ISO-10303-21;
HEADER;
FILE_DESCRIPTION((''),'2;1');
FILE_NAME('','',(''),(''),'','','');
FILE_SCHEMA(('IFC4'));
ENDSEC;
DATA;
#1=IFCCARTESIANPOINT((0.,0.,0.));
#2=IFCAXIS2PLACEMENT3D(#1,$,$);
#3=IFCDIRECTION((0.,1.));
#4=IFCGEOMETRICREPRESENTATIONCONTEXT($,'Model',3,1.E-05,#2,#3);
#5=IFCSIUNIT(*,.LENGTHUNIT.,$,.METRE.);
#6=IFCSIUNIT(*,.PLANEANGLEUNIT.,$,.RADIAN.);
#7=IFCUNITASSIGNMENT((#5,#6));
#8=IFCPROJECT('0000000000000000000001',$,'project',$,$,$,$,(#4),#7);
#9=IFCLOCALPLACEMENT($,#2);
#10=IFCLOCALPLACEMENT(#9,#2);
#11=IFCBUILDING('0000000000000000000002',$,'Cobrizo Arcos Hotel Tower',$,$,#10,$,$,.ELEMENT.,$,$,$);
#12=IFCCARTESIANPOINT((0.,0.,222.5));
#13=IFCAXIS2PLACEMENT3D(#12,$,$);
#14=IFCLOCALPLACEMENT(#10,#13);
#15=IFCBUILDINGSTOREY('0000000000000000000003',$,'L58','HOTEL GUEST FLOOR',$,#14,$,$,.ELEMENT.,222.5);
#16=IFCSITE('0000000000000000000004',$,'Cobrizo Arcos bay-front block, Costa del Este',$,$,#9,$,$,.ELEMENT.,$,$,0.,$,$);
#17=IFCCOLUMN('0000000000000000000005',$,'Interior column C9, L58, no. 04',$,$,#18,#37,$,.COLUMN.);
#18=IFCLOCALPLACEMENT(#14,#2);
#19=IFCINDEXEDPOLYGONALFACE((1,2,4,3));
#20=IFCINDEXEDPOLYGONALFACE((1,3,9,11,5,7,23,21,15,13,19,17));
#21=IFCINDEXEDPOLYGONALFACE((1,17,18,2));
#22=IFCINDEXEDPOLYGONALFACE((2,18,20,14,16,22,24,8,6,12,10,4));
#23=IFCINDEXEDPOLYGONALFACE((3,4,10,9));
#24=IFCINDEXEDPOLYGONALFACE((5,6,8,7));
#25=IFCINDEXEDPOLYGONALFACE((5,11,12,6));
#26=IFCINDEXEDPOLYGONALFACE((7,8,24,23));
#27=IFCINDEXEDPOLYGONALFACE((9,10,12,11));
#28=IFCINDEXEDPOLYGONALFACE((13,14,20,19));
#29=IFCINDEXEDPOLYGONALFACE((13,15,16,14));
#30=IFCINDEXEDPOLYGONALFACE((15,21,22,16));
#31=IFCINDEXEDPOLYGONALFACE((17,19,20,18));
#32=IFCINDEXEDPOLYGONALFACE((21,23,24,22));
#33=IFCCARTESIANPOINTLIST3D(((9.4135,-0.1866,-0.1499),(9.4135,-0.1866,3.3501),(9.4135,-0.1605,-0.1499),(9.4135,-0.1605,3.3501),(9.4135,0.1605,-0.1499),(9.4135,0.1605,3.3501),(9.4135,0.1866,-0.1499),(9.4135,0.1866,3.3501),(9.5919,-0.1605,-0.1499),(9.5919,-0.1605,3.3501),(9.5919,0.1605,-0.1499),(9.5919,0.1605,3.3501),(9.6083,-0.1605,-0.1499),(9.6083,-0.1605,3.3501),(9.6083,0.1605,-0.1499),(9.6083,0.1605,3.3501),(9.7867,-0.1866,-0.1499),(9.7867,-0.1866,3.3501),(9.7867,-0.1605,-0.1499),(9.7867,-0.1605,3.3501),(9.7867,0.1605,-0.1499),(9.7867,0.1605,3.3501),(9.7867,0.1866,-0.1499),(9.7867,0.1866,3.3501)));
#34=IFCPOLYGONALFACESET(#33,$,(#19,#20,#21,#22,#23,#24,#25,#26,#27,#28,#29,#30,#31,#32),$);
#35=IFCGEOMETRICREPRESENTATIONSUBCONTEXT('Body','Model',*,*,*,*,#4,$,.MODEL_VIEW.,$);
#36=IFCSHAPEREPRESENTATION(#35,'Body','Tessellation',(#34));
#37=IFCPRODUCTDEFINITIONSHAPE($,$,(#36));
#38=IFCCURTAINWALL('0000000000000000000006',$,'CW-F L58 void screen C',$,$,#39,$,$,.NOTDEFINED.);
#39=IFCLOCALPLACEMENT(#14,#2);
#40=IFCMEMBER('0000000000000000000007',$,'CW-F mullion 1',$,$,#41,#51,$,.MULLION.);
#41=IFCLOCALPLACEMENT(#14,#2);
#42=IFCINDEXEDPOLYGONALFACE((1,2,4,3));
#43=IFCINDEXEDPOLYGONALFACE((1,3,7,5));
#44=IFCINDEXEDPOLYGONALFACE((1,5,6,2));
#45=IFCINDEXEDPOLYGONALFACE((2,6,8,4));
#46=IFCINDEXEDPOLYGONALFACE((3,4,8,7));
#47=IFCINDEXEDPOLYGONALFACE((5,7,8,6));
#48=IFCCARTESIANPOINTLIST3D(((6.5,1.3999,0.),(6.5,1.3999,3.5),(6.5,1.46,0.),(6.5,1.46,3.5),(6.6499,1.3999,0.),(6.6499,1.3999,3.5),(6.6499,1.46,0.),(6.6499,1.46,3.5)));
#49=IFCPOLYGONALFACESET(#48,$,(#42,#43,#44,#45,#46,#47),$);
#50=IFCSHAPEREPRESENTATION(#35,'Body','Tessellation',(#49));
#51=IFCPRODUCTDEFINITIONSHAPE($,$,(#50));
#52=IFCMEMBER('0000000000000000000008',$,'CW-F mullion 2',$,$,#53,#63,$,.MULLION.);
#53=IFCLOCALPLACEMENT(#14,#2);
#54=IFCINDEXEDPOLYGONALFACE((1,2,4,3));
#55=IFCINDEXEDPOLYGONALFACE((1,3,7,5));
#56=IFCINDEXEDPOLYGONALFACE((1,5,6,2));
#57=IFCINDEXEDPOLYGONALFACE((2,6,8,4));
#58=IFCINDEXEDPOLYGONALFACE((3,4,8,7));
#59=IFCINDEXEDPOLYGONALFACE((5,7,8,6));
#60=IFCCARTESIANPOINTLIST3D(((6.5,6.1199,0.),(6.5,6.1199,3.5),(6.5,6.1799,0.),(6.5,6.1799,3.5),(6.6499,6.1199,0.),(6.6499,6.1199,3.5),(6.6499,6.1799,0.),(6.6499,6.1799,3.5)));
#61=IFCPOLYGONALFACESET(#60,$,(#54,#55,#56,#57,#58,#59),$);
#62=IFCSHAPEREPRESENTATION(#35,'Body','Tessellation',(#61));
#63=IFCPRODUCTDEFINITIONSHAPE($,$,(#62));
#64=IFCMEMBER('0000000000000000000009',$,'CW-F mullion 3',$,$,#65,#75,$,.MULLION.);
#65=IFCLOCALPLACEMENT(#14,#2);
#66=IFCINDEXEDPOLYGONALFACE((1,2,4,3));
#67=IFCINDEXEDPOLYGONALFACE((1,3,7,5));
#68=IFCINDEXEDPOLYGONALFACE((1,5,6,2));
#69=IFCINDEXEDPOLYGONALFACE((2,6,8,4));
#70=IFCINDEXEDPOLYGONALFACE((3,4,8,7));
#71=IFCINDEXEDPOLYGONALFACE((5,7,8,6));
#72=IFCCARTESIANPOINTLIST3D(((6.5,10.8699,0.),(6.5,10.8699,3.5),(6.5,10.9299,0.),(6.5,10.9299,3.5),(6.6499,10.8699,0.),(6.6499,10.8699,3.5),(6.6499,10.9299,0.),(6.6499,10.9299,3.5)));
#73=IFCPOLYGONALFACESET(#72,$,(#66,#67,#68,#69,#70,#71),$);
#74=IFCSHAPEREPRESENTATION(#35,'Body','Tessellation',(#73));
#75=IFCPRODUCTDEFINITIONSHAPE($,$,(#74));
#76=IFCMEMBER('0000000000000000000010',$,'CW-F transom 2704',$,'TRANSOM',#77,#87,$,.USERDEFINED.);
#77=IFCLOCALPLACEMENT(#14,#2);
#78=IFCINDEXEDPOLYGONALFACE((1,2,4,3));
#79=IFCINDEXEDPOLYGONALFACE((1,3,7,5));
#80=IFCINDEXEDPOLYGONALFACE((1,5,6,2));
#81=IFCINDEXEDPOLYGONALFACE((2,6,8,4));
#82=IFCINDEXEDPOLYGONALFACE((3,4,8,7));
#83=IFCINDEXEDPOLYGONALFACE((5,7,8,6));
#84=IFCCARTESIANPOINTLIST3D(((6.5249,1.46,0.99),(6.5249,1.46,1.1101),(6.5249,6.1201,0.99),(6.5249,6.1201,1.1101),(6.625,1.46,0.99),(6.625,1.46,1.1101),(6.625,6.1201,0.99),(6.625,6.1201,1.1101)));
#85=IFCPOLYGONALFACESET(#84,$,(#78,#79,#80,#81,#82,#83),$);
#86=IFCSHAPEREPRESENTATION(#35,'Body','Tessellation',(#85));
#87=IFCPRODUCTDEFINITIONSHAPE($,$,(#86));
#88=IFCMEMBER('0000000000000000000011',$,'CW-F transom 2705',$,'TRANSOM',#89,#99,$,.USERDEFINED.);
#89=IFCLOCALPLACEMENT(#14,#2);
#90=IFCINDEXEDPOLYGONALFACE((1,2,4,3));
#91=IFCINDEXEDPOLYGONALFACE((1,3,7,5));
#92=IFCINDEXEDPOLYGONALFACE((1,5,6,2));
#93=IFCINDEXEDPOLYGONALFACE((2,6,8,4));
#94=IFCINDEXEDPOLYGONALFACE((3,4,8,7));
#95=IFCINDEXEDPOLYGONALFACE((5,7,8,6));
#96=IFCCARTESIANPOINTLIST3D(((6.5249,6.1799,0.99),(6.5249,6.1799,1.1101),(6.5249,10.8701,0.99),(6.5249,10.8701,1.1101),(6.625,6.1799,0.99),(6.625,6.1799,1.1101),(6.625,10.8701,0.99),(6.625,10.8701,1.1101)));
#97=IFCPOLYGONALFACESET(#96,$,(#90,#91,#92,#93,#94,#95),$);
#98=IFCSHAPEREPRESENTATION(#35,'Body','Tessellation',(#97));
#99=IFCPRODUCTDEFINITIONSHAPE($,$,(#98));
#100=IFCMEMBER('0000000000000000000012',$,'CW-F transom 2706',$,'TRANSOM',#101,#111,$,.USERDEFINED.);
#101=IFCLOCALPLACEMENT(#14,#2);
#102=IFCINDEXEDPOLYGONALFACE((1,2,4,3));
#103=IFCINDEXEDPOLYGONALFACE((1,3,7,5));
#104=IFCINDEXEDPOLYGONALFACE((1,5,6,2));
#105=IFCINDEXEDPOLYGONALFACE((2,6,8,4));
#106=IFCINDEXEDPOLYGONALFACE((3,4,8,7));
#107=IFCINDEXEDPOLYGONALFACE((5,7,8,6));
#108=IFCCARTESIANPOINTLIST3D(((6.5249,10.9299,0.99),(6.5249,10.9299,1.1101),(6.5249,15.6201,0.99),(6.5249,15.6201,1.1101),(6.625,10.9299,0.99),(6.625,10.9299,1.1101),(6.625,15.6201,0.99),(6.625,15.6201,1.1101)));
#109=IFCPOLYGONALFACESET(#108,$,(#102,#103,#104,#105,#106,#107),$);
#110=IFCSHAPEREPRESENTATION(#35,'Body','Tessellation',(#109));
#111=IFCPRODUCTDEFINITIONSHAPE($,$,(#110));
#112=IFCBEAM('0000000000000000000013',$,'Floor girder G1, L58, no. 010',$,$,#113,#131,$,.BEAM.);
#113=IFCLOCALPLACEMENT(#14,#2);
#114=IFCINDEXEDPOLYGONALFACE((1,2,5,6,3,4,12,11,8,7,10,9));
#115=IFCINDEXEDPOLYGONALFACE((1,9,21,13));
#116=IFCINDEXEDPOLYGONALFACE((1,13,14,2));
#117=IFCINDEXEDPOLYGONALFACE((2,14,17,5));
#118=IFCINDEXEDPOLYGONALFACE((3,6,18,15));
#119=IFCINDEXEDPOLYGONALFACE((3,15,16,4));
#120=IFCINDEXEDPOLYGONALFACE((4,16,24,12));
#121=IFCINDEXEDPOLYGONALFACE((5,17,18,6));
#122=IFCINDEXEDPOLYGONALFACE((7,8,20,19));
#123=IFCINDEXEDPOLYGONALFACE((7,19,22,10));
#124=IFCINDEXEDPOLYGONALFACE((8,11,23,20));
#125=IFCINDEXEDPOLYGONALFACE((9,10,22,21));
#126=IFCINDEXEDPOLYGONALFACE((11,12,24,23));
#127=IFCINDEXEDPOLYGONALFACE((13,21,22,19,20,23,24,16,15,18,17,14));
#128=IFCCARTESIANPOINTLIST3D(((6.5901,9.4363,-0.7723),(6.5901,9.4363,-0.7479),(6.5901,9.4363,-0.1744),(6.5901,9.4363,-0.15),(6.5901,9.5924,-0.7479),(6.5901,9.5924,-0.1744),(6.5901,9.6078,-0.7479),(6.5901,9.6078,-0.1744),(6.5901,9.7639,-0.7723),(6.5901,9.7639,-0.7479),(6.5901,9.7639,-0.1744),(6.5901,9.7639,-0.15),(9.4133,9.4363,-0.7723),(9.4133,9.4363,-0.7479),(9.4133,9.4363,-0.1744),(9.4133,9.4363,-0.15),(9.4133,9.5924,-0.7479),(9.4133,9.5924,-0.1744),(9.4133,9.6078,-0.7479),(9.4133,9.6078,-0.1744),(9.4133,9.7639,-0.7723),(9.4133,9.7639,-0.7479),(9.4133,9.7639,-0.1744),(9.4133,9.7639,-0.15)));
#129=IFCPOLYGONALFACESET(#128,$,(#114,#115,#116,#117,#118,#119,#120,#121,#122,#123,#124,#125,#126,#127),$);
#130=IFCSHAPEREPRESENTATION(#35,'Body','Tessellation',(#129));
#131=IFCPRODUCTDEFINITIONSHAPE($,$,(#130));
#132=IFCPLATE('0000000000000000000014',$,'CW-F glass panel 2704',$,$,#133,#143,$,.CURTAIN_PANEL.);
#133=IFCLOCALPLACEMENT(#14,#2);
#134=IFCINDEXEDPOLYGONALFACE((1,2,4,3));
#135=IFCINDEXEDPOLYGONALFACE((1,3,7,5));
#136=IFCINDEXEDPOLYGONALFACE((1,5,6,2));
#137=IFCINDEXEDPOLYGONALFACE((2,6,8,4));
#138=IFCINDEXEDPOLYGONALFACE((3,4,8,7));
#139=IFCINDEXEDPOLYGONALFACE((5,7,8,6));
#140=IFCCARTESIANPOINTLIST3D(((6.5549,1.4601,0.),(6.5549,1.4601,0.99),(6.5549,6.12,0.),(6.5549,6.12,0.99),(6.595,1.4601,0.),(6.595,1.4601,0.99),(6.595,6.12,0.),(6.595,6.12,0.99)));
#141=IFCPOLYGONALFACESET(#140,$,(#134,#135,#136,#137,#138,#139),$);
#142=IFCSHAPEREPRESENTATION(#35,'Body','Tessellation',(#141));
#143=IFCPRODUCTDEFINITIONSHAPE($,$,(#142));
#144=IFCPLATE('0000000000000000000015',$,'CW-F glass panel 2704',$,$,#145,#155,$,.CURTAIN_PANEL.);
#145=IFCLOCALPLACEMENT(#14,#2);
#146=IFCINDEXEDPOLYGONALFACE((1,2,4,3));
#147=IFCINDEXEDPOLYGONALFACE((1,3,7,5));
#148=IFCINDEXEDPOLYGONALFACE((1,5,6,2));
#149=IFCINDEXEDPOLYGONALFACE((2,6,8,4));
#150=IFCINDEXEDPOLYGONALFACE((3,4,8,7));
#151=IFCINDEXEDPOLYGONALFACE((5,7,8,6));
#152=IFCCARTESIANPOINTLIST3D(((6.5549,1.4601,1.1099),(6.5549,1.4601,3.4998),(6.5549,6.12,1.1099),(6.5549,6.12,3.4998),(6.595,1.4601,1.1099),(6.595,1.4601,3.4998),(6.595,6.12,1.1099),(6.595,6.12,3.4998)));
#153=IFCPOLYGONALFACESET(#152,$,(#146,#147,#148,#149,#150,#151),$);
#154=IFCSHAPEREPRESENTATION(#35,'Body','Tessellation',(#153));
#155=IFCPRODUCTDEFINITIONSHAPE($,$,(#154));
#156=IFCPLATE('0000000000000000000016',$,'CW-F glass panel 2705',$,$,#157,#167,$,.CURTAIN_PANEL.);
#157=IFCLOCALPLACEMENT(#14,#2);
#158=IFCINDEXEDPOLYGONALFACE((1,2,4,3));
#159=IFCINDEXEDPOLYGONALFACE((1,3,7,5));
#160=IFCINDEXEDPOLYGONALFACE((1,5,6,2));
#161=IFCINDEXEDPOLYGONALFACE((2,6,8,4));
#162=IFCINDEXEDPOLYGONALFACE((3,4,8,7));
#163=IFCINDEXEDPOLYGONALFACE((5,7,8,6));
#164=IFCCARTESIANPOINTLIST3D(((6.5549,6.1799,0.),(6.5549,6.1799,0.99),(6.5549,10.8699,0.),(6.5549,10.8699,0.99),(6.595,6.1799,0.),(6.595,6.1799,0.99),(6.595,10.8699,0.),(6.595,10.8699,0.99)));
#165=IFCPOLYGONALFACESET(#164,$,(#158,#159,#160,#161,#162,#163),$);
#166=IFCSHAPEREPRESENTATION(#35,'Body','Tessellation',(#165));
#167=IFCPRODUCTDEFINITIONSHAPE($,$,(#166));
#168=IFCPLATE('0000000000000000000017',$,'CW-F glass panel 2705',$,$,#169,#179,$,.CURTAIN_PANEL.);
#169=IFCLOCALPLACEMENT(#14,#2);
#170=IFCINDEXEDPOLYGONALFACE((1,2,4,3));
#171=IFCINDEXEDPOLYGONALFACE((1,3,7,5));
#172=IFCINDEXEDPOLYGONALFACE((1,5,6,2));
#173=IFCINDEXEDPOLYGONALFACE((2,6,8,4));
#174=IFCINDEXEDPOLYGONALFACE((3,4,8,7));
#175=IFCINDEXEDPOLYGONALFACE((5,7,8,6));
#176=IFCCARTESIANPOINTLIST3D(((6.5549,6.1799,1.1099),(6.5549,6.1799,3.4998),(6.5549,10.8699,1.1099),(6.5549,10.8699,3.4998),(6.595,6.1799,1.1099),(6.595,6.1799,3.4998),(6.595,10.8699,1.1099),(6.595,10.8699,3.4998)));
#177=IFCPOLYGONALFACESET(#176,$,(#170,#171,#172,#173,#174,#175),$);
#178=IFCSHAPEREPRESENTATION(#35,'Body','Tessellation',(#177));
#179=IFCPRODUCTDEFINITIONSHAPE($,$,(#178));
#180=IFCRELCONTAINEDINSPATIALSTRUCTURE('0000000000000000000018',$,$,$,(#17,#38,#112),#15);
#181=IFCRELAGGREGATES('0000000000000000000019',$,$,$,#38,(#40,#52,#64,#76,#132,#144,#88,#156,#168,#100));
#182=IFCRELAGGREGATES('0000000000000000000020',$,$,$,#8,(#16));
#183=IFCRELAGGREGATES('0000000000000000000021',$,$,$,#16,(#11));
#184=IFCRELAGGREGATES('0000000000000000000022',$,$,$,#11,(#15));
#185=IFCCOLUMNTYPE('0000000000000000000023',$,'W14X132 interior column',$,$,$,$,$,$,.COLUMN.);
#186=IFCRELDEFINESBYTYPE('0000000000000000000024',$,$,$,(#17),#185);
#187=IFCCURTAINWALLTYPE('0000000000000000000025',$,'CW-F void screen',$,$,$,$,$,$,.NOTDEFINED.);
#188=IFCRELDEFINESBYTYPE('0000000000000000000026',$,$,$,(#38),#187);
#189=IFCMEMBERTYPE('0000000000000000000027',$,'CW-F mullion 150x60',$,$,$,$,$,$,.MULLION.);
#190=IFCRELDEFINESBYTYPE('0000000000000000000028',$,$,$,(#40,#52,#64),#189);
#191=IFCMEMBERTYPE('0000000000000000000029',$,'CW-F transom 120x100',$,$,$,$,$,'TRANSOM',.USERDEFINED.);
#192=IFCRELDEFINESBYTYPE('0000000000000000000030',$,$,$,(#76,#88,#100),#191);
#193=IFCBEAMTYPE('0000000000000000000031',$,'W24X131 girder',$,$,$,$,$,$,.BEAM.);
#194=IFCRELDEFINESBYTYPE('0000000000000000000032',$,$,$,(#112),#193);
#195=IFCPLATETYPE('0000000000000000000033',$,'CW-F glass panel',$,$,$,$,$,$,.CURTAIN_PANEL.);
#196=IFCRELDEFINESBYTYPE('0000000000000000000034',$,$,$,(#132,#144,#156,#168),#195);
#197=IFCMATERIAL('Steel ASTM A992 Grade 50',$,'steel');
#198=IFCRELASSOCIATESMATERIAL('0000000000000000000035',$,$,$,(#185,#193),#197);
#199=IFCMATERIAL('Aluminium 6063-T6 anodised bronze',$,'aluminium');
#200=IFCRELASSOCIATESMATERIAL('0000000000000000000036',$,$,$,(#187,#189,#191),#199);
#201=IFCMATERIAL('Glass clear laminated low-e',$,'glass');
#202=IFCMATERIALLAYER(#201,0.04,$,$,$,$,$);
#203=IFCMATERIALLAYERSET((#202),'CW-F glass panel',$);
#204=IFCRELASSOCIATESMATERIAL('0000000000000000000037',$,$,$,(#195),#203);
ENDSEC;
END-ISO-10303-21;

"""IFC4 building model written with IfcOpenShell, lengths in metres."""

from ifc_helpers import new_model, si_unit, direction, frame, origin, origin_2d, place, context, subcontext, project, spatial, rectangle, i_section, extrude, material, layer, layer_set, material_profile, profile_set, type_object, element, aggregate, save


model = new_model("IFC4")

# Units and contexts
model_context = context("Model", 3, precision=1e-05, world=origin(), true_north=direction((0.0, 1.0)))
body_context = subcontext(model_context, "Body", "Model", "MODEL_VIEW")
ifc_project = project(units=[si_unit("LENGTHUNIT", "METRE"), si_unit("PLANEANGLEUNIT", "RADIAN")], contexts=[model_context])

# Site, building, storey
site_placement = place(None, origin())
site = spatial("IfcSite", under=ifc_project, at=site_placement, Name="Cobrizo Arcos bay-front block, Costa del Este", CompositionType="ELEMENT", RefElevation=0.0)
building_placement = place(site_placement, origin())
building = spatial("IfcBuilding", under=site, at=building_placement, Name="Cobrizo Arcos Hotel Tower", CompositionType="ELEMENT")
storey_placement = place(building_placement, frame((0.0, 0.0, 222.5)))
storey = spatial("IfcBuildingStorey", under=building, at=storey_placement, Name="L58", Description="HOTEL GUEST FLOOR", CompositionType="ELEMENT", Elevation=222.5)

# Column
ifc_material_1 = material(Name="Steel ASTM A992 Grade 50", Category="steel")
ifc_material_profile_1 = material_profile(ifc_material_1, i_section(OverallWidth=0.3733, OverallDepth=0.3733, WebThickness=0.0164, FlangeThickness=0.0261, at=origin_2d()), Name="W14X132")
ifc_profile_set_1 = profile_set([ifc_material_profile_1], Name="Steel ASTM A992 Grade 50")
column_type = type_object("IfcColumnType", Name="W14X132 interior column", PredefinedType="COLUMN", material=ifc_profile_set_1)
column_placement = place(storey_placement, frame((9.6001, 0.0, -0.1499), z_axis=(0.0, 0.0, 1.0), x_axis=(1.0, 0.0, 0.0)))
element("IfcColumn", 1, at=column_placement, inside=storey, type_object=column_type, Name="Interior column C9, L58, no. 04", PredefinedType="COLUMN", context=body_context, shape_type="SweptSolid", body=[
    extrude(i_section(OverallWidth=0.3733, OverallDepth=0.3733, WebThickness=0.0164, FlangeThickness=0.0261, at=origin_2d()), origin(), (0.0, 0.0, 1.0), 3.5),
])

# Curtain wall, members
ifc_material_2 = material(Name="Aluminium 6063-T6 anodised bronze", Category="aluminium")
curtain_wall_type = type_object("IfcCurtainWallType", Name="CW-F void screen", PredefinedType="NOTDEFINED", material=ifc_material_2)
curtain_wall_placement = place(storey_placement, origin())
curtain_wall = element("IfcCurtainWall", 2, at=curtain_wall_placement, inside=storey, type_object=curtain_wall_type, Name="CW-F L58 void screen C", PredefinedType="NOTDEFINED")
ifc_material_profile_2 = material_profile(ifc_material_2, rectangle(XDim=0.1499, YDim=0.0601, at=origin_2d()), Name="CW-F mullion 150x60")
ifc_profile_set_2 = profile_set([ifc_material_profile_2], Name="Aluminium 6063-T6 anodised bronze")
member_type_1 = type_object("IfcMemberType", Name="CW-F mullion 150x60", PredefinedType="MULLION", material=ifc_profile_set_2)
member_1_placement = place(storey_placement, frame((6.575, 1.4299, 0.0), z_axis=(0.0, 0.0, 1.0), x_axis=(1.0, 0.0, 0.0)))
member_1 = element("IfcMember", 3, at=member_1_placement, type_object=member_type_1, Name="CW-F mullion 1", PredefinedType="MULLION", context=body_context, shape_type="SweptSolid", body=[
    extrude(rectangle(XDim=0.1499, YDim=0.0601, at=origin_2d()), origin(), (0.0, 0.0, 1.0), 3.5),
])
member_2_placement = place(storey_placement, frame((6.575, 6.1499, 0.0), z_axis=(0.0, 0.0, 1.0), x_axis=(1.0, 0.0, 0.0)))
member_2 = element("IfcMember", 4, at=member_2_placement, type_object=member_type_1, Name="CW-F mullion 2", PredefinedType="MULLION", context=body_context, shape_type="SweptSolid", body=[
    extrude(rectangle(XDim=0.1499, YDim=0.0601, at=origin_2d()), origin(), (0.0, 0.0, 1.0), 3.5),
])
member_3_placement = place(storey_placement, frame((6.575, 10.8999, 0.0), z_axis=(0.0, 0.0, 1.0), x_axis=(1.0, 0.0, 0.0)))
member_3 = element("IfcMember", 5, at=member_3_placement, type_object=member_type_1, Name="CW-F mullion 3", PredefinedType="MULLION", context=body_context, shape_type="SweptSolid", body=[
    extrude(rectangle(XDim=0.1499, YDim=0.0601, at=origin_2d()), origin(), (0.0, 0.0, 1.0), 3.5),
])
ifc_material_profile_3 = material_profile(ifc_material_2, rectangle(XDim=0.1001, YDim=0.1201, at=origin_2d()), Name="CW-F transom 120x100")
ifc_profile_set_3 = profile_set([ifc_material_profile_3], Name="Aluminium 6063-T6 anodised bronze")
member_type_2 = type_object("IfcMemberType", Name="CW-F transom 120x100", ElementType="TRANSOM", PredefinedType="USERDEFINED", material=ifc_profile_set_3)
member_4_placement = place(storey_placement, frame((6.575, 1.46, 1.05), z_axis=(0.0, 1.0, 0.0), x_axis=(-1.0, 0.0, 0.0)))
member_4 = element("IfcMember", 6, at=member_4_placement, type_object=member_type_2, Name="CW-F transom 2704", ObjectType="TRANSOM", PredefinedType="USERDEFINED", context=body_context, shape_type="SweptSolid", body=[
    extrude(rectangle(XDim=0.1001, YDim=0.1201, at=origin_2d()), origin(), (0.0, 0.0, 1.0), 4.6602),
])
member_5_placement = place(storey_placement, frame((6.575, 6.1799, 1.05), z_axis=(0.0, 1.0, 0.0), x_axis=(-1.0, 0.0, 0.0)))
member_5 = element("IfcMember", 7, at=member_5_placement, type_object=member_type_2, Name="CW-F transom 2705", ObjectType="TRANSOM", PredefinedType="USERDEFINED", context=body_context, shape_type="SweptSolid", body=[
    extrude(rectangle(XDim=0.1001, YDim=0.1201, at=origin_2d()), origin(), (0.0, 0.0, 1.0), 4.6902),
])
member_6_placement = place(storey_placement, frame((6.575, 10.9299, 1.05), z_axis=(0.0, 1.0, 0.0), x_axis=(-1.0, 0.0, 0.0)))
member_6 = element("IfcMember", 8, at=member_6_placement, type_object=member_type_2, Name="CW-F transom 2706", ObjectType="TRANSOM", PredefinedType="USERDEFINED", context=body_context, shape_type="SweptSolid", body=[
    extrude(rectangle(XDim=0.1001, YDim=0.1201, at=origin_2d()), origin(), (0.0, 0.0, 1.0), 4.6902),
])

# Beam
ifc_material_profile_4 = material_profile(ifc_material_1, i_section(OverallWidth=0.3276, OverallDepth=0.6223, WebThickness=0.0154, FlangeThickness=0.0244, at=origin_2d()), Name="W24X131")
ifc_profile_set_4 = profile_set([ifc_material_profile_4], Name="Steel ASTM A992 Grade 50")
beam_type = type_object("IfcBeamType", Name="W24X131 girder", PredefinedType="BEAM", material=ifc_profile_set_4)
beam_placement = place(storey_placement, frame((6.5901, 9.6001, -0.4612), z_axis=(1.0, 0.0, 0.0), x_axis=(0.0, 1.0, 0.0)))
element("IfcBeam", 9, at=beam_placement, inside=storey, type_object=beam_type, Name="Floor girder G1, L58, no. 010", PredefinedType="BEAM", context=body_context, shape_type="SweptSolid", body=[
    extrude(i_section(OverallWidth=0.3276, OverallDepth=0.6223, WebThickness=0.0154, FlangeThickness=0.0244, at=origin_2d()), origin(), (0.0, 0.0, 1.0), 2.8232),
])

# Plates
ifc_material_3 = material(Name="Glass clear laminated low-e", Category="glass")
ifc_layer_1 = layer(ifc_material_3, 0.04)
ifc_layer_set_1 = layer_set([ifc_layer_1], Name="CW-F glass panel")
plate_type = type_object("IfcPlateType", Name="CW-F glass panel", PredefinedType="CURTAIN_PANEL", material=ifc_layer_set_1)
plate_1_placement = place(storey_placement, frame((6.575, 3.79, 0.0), z_axis=(0.0, 0.0, 1.0), x_axis=(0.0, 1.0, 0.0)))
plate_1 = element("IfcPlate", 10, at=plate_1_placement, type_object=plate_type, Name="CW-F glass panel 2704", PredefinedType="CURTAIN_PANEL", context=body_context, shape_type="SweptSolid", body=[
    extrude(rectangle(XDim=4.6599, YDim=0.04, at=origin_2d()), origin(), (0.0, 0.0, 1.0), 0.99),
])
plate_2_placement = place(storey_placement, frame((6.575, 3.79, 1.1099), z_axis=(0.0, 0.0, 1.0), x_axis=(0.0, 1.0, 0.0)))
plate_2 = element("IfcPlate", 11, at=plate_2_placement, type_object=plate_type, Name="CW-F glass panel 2704", PredefinedType="CURTAIN_PANEL", context=body_context, shape_type="SweptSolid", body=[
    extrude(rectangle(XDim=4.6599, YDim=0.04, at=origin_2d()), origin(), (0.0, 0.0, 1.0), 2.3899),
])
plate_3_placement = place(storey_placement, frame((6.575, 8.5249, 0.0), z_axis=(0.0, 0.0, 1.0), x_axis=(0.0, 1.0, 0.0)))
plate_3 = element("IfcPlate", 12, at=plate_3_placement, type_object=plate_type, Name="CW-F glass panel 2705", PredefinedType="CURTAIN_PANEL", context=body_context, shape_type="SweptSolid", body=[
    extrude(rectangle(XDim=4.6899, YDim=0.04, at=origin_2d()), origin(), (0.0, 0.0, 1.0), 0.99),
])
plate_4_placement = place(storey_placement, frame((6.575, 8.5249, 1.1099), z_axis=(0.0, 0.0, 1.0), x_axis=(0.0, 1.0, 0.0)))
plate_4 = element("IfcPlate", 13, at=plate_4_placement, type_object=plate_type, Name="CW-F glass panel 2705", PredefinedType="CURTAIN_PANEL", context=body_context, shape_type="SweptSolid", body=[
    extrude(rectangle(XDim=4.6899, YDim=0.04, at=origin_2d()), origin(), (0.0, 0.0, 1.0), 2.3899),
])
aggregate(curtain_wall, [member_1, member_2, member_3, member_4, plate_1, plate_2, member_5, plate_3, plate_4, member_6])

save(model, "model.ifc")
